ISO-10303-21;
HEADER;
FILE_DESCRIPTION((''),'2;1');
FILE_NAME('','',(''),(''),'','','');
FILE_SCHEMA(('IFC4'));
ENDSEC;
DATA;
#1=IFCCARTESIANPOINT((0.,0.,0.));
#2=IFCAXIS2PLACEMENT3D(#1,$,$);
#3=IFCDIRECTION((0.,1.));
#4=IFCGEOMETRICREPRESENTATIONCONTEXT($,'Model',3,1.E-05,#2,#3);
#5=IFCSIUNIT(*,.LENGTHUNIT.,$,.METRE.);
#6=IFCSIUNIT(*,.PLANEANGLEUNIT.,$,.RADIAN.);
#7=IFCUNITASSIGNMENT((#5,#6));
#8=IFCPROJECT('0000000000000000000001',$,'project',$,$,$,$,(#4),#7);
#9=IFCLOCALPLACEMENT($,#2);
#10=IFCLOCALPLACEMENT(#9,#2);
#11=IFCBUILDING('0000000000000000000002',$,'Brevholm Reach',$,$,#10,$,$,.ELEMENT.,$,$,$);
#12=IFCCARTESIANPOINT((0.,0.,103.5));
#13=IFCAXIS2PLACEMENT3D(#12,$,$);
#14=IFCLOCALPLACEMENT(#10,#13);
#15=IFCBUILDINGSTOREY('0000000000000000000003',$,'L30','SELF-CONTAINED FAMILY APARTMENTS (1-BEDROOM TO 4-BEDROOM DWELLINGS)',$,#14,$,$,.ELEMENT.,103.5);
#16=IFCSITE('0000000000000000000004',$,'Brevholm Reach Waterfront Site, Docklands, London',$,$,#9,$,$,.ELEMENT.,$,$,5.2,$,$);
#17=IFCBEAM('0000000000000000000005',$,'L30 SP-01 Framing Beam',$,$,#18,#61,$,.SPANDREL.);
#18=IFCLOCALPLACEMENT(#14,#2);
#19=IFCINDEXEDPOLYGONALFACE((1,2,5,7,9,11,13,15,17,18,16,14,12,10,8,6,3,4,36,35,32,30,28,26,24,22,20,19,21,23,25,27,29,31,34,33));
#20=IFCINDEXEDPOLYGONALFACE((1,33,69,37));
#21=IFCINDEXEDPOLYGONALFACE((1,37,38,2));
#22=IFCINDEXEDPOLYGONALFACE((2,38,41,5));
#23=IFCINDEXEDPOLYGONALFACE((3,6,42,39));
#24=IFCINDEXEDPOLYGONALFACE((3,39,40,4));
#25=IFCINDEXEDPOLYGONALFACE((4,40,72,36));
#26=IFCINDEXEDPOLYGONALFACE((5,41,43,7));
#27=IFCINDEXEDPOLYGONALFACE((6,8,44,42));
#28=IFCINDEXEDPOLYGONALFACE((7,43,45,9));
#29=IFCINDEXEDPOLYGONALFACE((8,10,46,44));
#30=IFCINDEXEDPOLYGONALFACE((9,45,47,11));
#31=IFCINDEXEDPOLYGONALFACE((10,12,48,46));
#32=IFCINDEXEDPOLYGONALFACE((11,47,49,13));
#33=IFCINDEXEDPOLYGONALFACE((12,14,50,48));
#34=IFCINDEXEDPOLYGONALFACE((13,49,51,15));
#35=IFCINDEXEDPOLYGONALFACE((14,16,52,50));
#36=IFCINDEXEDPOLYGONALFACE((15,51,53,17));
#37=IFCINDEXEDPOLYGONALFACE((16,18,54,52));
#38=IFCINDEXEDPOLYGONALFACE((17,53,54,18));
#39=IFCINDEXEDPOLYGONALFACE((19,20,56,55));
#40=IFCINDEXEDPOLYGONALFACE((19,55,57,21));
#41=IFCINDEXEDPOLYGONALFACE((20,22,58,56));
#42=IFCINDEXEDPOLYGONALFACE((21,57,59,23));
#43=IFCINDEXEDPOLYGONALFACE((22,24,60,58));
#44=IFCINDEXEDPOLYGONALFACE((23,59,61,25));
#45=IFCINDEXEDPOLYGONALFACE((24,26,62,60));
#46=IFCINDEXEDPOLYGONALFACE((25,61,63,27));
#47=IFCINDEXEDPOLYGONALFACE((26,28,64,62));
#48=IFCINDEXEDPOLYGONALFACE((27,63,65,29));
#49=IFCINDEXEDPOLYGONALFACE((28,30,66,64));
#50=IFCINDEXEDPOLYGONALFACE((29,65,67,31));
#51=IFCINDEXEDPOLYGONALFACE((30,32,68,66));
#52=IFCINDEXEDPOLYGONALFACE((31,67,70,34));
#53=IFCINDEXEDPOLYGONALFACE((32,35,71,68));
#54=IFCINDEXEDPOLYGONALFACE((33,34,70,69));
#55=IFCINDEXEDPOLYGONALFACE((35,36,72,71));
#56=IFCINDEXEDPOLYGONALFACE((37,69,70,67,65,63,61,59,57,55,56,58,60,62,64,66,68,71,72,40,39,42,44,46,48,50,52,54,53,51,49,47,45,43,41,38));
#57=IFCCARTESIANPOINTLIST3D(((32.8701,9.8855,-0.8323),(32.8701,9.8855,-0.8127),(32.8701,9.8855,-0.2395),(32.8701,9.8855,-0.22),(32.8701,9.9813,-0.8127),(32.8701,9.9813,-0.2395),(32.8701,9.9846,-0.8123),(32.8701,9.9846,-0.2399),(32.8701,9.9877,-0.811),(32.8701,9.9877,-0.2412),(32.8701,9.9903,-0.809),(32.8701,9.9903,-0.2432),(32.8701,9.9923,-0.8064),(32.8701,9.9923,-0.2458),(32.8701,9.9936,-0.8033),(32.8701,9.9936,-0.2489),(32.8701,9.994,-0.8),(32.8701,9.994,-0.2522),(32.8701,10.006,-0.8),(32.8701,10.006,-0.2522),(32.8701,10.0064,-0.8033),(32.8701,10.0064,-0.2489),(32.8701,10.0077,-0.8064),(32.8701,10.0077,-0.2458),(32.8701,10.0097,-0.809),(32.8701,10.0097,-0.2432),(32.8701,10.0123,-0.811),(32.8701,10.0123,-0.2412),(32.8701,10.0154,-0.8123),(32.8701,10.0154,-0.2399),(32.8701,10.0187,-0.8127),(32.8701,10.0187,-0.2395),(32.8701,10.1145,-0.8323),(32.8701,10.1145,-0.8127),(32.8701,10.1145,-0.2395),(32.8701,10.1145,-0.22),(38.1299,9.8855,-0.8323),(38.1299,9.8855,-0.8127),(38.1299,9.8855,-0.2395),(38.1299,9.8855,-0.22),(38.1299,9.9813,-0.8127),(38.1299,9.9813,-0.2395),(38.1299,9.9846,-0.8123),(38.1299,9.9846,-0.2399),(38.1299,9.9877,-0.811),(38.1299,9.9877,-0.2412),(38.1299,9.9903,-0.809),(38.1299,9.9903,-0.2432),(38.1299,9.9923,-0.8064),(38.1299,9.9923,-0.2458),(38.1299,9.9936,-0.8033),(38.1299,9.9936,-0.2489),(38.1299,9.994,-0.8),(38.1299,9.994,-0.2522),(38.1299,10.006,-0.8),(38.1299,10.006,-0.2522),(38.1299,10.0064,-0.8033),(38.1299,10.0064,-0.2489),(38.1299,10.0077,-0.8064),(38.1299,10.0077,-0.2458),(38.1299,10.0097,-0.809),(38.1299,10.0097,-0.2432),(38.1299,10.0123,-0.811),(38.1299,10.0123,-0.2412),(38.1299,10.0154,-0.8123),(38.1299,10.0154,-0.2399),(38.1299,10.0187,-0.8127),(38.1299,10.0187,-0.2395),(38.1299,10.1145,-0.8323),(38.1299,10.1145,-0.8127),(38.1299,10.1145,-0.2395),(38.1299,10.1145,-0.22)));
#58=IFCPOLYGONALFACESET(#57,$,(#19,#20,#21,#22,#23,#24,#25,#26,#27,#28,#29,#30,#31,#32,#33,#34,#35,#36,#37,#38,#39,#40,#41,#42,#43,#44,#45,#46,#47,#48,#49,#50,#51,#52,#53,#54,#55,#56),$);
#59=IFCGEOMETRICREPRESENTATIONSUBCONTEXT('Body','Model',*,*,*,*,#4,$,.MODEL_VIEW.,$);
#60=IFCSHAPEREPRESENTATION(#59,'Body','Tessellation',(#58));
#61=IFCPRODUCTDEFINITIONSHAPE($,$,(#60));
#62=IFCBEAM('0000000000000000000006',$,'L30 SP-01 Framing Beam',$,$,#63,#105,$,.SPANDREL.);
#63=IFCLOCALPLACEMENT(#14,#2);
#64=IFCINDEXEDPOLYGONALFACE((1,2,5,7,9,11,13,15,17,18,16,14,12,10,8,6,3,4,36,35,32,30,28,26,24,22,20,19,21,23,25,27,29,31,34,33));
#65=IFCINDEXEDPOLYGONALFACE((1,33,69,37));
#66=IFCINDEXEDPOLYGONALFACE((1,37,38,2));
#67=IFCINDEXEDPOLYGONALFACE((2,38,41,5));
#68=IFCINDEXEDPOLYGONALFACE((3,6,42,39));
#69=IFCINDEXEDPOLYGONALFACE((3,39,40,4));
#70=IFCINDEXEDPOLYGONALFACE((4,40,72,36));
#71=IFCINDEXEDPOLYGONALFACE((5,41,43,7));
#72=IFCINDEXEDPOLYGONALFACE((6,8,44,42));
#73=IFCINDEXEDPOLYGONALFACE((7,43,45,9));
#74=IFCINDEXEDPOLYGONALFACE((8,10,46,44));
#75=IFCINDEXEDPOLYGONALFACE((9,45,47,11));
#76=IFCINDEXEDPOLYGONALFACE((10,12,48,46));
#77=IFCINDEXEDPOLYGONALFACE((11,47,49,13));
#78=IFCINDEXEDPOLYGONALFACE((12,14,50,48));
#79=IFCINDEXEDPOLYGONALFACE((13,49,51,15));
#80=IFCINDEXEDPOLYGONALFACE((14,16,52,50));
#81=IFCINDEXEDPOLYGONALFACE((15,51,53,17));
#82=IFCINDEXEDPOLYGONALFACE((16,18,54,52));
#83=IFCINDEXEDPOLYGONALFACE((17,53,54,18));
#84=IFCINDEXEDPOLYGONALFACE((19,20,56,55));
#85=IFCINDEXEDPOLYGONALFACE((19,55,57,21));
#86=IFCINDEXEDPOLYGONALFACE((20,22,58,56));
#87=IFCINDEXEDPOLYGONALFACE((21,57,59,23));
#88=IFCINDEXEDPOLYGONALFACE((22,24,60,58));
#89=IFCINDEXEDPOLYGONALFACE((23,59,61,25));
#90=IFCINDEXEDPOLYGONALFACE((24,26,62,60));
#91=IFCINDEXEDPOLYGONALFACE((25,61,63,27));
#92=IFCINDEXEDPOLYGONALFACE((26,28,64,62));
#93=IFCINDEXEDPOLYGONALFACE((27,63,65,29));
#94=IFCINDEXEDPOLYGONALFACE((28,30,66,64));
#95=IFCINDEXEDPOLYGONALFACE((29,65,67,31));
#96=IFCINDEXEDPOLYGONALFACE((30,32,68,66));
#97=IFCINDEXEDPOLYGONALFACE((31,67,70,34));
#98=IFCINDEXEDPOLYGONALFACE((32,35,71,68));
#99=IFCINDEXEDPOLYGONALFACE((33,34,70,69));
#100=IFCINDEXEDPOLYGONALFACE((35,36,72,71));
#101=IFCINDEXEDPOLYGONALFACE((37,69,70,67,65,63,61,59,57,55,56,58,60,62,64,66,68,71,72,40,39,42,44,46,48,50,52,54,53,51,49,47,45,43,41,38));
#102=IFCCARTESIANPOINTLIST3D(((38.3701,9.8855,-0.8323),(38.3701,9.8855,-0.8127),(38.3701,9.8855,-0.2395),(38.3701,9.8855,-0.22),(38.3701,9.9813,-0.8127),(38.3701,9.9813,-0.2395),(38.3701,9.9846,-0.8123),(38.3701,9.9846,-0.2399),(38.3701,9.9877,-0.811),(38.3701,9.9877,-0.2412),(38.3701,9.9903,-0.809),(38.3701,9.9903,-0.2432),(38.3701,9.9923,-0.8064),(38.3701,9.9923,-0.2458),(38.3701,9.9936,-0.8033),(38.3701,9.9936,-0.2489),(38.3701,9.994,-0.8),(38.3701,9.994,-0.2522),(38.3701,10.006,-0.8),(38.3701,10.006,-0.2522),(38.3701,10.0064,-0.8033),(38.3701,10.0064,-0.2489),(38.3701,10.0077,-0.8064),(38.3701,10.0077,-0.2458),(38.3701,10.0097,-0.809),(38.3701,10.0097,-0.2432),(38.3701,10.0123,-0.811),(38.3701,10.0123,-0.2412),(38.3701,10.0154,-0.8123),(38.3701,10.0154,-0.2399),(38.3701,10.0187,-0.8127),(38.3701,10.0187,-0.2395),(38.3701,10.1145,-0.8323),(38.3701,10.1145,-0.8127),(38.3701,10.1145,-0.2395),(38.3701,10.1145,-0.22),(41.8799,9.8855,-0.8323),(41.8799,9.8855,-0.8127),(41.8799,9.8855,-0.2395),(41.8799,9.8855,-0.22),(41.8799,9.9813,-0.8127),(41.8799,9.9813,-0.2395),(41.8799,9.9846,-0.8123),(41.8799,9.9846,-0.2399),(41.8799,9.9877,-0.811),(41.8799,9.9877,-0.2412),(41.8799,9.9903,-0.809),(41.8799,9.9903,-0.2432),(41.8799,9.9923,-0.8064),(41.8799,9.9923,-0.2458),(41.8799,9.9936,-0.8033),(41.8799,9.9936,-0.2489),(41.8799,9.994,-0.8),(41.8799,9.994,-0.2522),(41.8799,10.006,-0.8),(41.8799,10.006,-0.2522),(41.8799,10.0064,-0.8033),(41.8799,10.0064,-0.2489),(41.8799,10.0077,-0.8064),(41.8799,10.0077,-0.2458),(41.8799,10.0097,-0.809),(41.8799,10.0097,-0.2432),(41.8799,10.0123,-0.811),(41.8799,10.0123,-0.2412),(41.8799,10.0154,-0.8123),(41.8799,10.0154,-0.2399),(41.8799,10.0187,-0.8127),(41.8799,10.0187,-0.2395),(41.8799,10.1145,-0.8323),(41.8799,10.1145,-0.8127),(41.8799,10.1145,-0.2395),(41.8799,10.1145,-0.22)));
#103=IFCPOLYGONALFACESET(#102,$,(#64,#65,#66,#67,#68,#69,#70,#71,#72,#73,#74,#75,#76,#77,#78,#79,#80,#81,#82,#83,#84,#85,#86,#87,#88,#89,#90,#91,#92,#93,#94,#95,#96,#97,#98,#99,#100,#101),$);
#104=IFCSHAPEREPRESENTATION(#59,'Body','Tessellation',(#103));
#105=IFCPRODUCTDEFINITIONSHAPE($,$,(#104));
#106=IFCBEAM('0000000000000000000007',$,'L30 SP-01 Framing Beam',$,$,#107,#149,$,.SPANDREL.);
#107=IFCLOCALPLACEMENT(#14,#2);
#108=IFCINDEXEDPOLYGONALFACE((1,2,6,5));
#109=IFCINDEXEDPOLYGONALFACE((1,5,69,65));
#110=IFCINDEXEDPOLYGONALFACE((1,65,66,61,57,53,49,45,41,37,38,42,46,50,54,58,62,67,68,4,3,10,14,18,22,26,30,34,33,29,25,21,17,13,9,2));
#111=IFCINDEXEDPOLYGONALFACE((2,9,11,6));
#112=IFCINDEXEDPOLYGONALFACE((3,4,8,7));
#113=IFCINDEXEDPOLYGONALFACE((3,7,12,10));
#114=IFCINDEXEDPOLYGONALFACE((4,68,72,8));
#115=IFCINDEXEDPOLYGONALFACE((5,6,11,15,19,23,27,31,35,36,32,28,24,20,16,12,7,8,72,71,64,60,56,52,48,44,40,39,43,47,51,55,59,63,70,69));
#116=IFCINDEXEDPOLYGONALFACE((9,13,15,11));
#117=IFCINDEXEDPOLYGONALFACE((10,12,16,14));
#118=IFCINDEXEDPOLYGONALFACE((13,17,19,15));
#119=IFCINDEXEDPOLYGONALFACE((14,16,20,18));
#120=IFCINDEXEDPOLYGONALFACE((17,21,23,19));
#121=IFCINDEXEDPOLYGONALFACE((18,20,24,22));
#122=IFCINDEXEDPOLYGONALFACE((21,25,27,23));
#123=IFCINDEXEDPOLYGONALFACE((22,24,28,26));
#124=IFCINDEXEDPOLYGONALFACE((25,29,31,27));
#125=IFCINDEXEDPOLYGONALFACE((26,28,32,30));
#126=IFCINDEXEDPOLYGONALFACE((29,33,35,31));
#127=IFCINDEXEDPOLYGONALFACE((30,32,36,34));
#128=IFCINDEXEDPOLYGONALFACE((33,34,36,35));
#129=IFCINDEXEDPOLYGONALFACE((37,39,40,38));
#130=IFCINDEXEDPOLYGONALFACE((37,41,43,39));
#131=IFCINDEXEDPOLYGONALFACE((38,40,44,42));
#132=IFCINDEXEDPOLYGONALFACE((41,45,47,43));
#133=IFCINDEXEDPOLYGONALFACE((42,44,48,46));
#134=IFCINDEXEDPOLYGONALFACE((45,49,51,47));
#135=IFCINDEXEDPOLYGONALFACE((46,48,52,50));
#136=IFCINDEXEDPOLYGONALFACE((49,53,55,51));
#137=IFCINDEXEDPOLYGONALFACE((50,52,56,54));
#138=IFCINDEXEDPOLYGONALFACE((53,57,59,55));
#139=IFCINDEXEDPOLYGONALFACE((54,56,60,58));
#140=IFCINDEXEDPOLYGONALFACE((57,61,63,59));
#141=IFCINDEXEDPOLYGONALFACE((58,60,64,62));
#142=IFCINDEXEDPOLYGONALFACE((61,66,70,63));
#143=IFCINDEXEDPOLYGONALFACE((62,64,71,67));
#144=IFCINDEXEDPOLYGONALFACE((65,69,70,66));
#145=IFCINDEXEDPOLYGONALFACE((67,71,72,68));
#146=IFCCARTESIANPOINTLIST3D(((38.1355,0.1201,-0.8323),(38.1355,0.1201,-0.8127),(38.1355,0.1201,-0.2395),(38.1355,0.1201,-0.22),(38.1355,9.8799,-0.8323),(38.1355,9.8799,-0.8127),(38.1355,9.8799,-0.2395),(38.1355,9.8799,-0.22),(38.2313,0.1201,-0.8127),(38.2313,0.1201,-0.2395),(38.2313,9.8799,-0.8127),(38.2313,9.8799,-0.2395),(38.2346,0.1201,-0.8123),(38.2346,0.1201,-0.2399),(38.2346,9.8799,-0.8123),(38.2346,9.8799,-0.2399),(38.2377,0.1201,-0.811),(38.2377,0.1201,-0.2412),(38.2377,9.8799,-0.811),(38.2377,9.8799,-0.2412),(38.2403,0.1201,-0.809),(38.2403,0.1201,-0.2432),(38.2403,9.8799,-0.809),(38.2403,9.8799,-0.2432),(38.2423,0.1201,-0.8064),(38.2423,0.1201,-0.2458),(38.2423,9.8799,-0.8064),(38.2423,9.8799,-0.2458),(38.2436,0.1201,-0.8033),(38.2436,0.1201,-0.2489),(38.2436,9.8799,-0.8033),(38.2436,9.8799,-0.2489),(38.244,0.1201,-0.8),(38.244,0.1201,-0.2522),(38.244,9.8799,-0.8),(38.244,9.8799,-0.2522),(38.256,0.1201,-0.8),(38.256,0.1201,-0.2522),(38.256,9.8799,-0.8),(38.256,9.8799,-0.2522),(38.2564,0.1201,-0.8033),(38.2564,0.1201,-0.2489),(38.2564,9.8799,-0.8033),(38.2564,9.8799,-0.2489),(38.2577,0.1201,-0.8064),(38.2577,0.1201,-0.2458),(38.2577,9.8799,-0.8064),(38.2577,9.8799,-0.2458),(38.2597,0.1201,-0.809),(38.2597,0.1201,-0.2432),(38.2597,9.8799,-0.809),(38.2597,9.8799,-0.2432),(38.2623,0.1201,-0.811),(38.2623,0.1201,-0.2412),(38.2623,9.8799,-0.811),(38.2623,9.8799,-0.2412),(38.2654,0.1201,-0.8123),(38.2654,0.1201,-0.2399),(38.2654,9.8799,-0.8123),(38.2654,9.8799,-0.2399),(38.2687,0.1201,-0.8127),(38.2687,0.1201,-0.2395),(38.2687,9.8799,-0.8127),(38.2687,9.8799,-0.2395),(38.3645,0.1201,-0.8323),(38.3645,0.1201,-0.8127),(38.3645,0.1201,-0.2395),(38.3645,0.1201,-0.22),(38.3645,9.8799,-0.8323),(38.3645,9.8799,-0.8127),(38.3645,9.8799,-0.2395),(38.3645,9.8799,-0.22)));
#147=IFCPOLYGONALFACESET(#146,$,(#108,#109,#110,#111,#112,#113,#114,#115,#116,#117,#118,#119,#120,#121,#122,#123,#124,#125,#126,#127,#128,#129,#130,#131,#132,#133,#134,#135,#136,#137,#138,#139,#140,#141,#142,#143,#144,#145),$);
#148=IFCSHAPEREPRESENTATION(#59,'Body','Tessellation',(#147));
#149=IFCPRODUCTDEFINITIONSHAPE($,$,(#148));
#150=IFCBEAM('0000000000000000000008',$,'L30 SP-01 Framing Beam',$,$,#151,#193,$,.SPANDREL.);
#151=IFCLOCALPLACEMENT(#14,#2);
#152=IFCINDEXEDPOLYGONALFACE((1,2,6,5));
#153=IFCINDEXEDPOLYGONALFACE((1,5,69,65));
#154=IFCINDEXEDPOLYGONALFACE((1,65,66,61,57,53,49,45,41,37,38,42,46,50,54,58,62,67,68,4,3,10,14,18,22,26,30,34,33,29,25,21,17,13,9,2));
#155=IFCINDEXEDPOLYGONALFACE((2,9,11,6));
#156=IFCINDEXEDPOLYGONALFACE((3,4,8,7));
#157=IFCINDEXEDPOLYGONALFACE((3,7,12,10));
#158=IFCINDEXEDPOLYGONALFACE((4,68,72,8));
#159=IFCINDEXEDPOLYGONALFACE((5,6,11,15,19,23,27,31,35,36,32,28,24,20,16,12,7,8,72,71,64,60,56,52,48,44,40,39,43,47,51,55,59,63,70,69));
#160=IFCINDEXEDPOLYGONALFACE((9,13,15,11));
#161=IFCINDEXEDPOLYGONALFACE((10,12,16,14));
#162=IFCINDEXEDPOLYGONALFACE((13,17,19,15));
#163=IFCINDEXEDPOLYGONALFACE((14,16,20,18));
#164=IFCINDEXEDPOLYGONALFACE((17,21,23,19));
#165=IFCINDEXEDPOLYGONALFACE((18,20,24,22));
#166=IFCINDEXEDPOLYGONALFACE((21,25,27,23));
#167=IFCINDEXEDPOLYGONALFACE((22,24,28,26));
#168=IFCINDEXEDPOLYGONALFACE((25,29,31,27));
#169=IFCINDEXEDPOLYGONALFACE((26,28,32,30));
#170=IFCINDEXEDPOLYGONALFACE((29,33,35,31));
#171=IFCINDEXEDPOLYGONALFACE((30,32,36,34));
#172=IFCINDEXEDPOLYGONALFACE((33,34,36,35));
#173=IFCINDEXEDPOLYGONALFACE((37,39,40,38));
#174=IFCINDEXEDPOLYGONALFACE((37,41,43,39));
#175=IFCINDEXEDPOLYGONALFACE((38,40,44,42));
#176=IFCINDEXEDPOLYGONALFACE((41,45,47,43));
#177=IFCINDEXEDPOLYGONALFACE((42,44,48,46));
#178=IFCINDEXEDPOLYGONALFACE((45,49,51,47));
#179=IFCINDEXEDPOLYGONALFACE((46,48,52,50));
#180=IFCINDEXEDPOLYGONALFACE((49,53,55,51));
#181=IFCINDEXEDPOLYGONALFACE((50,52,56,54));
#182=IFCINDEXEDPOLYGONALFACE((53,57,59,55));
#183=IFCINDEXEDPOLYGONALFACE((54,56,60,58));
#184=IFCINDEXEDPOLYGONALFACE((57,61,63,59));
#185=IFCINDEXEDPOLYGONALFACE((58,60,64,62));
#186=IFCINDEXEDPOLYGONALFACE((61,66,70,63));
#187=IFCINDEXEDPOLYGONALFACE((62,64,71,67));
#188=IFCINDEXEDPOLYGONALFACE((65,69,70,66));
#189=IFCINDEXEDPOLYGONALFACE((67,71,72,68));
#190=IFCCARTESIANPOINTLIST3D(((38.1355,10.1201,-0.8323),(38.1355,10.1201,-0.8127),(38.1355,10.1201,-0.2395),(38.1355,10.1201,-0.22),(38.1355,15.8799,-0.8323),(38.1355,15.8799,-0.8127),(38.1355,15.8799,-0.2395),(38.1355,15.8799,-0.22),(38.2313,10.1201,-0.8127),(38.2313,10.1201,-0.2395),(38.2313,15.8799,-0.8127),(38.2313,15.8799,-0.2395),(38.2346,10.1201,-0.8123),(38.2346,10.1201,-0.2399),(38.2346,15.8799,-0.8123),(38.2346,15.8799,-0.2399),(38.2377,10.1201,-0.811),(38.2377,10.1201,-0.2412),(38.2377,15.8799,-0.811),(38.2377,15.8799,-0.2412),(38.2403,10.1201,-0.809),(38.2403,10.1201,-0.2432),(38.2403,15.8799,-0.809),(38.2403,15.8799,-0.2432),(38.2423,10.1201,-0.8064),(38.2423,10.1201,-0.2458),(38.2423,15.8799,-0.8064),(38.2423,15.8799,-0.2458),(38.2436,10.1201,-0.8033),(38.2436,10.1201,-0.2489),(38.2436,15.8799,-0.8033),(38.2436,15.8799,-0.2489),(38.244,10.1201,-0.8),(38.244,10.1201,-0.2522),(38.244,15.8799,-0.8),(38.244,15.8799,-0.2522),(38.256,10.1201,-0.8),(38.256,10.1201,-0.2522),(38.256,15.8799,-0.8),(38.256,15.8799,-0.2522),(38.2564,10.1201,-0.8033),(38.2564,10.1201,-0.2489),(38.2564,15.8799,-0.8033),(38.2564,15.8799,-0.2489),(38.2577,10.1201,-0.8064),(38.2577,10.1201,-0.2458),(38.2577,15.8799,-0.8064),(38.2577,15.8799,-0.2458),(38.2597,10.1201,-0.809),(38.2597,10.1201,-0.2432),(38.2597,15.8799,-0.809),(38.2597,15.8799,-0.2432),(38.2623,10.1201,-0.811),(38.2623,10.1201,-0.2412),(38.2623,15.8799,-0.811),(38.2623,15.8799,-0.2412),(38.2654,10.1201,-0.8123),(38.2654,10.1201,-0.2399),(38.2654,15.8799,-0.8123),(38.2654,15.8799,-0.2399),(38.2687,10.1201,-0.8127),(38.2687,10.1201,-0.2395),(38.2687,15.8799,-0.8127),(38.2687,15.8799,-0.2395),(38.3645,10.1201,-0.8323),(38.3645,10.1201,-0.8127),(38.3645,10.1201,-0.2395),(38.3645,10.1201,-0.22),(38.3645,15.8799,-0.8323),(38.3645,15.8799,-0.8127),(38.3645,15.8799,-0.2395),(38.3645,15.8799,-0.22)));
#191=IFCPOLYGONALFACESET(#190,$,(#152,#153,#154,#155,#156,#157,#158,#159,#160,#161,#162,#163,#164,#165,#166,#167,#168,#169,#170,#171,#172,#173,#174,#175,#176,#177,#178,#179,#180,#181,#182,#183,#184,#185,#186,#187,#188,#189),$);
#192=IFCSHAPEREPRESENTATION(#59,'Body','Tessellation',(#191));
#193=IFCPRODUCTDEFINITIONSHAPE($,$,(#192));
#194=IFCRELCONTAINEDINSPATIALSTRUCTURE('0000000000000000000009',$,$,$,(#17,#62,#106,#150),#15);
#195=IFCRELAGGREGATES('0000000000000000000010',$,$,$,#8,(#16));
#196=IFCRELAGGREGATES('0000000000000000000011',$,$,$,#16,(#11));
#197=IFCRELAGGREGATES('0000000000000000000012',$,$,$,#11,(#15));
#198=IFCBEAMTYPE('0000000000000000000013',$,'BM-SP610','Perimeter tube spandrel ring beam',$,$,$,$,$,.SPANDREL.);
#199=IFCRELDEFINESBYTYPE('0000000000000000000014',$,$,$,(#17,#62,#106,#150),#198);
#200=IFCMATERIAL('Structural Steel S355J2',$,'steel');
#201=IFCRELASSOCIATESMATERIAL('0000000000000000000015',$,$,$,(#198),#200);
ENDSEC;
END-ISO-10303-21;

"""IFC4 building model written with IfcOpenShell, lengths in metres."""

from ifc_helpers import new_model, si_unit, direction, frame, origin, origin_2d, place, context, subcontext, project, spatial, i_section, extrude, material, material_profile, profile_set, type_object, element, save


model = new_model("IFC4")

# Units and contexts
model_context = context("Model", 3, precision=1e-05, world=origin(), true_north=direction((0.0, 1.0)))
body_context = subcontext(model_context, "Body", "Model", "MODEL_VIEW")
ifc_project = project(units=[si_unit("LENGTHUNIT", "METRE"), si_unit("PLANEANGLEUNIT", "RADIAN")], contexts=[model_context])

# Site, building, storey
site_placement = place(None, origin())
site = spatial("IfcSite", under=ifc_project, at=site_placement, Name="Brevholm Reach Waterfront Site, Docklands, London", CompositionType="ELEMENT", RefElevation=5.2)
building_placement = place(site_placement, origin())
building = spatial("IfcBuilding", under=site, at=building_placement, Name="Brevholm Reach", CompositionType="ELEMENT")
storey_placement = place(building_placement, frame((0.0, 0.0, 103.5)))
storey = spatial("IfcBuildingStorey", under=building, at=storey_placement, Name="L30", Description="SELF-CONTAINED FAMILY APARTMENTS (1-BEDROOM TO 4-BEDROOM DWELLINGS)", CompositionType="ELEMENT", Elevation=103.5)

# Beams
ifc_material_1 = material(Name="Structural Steel S355J2", Category="steel")
ifc_material_profile_1 = material_profile(ifc_material_1, i_section(OverallWidth=0.229, OverallDepth=0.6123, WebThickness=0.012, FlangeThickness=0.0195, FilletRadius=0.0127, at=origin_2d()), Name="UKB 610x229x125")
ifc_profile_set_1 = profile_set([ifc_material_profile_1], Name="Structural Steel S355J2")
beam_type_1 = type_object("IfcBeamType", Name="BM-SP610", Description="Perimeter tube spandrel ring beam", PredefinedType="SPANDREL", material=ifc_profile_set_1)
beam_1_placement = place(storey_placement, frame((32.8701, 10.0, -0.5261), z_axis=(1.0, 0.0, 0.0), x_axis=(0.0, 1.0, 0.0)))
element("IfcBeam", 1, at=beam_1_placement, inside=storey, type_object=beam_type_1, Name="L30 SP-01 Framing Beam", PredefinedType="SPANDREL", context=body_context, shape_type="SweptSolid", body=[
    extrude(i_section(OverallWidth=0.229, OverallDepth=0.6123, WebThickness=0.012, FlangeThickness=0.0195, FilletRadius=0.0127, at=origin_2d()), origin(), (0.0, 0.0, 1.0), 5.2598),
])
beam_2_placement = place(storey_placement, frame((38.3701, 10.0, -0.5261), z_axis=(1.0, 0.0, 0.0), x_axis=(0.0, 1.0, 0.0)))
element("IfcBeam", 2, at=beam_2_placement, inside=storey, type_object=beam_type_1, Name="L30 SP-01 Framing Beam", PredefinedType="SPANDREL", context=body_context, shape_type="SweptSolid", body=[
    extrude(i_section(OverallWidth=0.229, OverallDepth=0.6123, WebThickness=0.012, FlangeThickness=0.0195, FilletRadius=0.0127, at=origin_2d()), origin(), (0.0, 0.0, 1.0), 3.5098),
])
beam_3_placement = place(storey_placement, frame((38.25, 0.1201, -0.5261), z_axis=(0.0, 1.0, 0.0), x_axis=(-1.0, 0.0, 0.0)))
element("IfcBeam", 3, at=beam_3_placement, inside=storey, type_object=beam_type_1, Name="L30 SP-01 Framing Beam", PredefinedType="SPANDREL", context=body_context, shape_type="SweptSolid", body=[
    extrude(i_section(OverallWidth=0.229, OverallDepth=0.6123, WebThickness=0.012, FlangeThickness=0.0195, FilletRadius=0.0127, at=origin_2d()), origin(), (0.0, 0.0, 1.0), 9.7598),
])
beam_4_placement = place(storey_placement, frame((38.25, 10.1201, -0.5261), z_axis=(0.0, 1.0, 0.0), x_axis=(-1.0, 0.0, 0.0)))
element("IfcBeam", 4, at=beam_4_placement, inside=storey, type_object=beam_type_1, Name="L30 SP-01 Framing Beam", PredefinedType="SPANDREL", context=body_context, shape_type="SweptSolid", body=[
    extrude(i_section(OverallWidth=0.229, OverallDepth=0.6123, WebThickness=0.012, FlangeThickness=0.0195, FilletRadius=0.0127, at=origin_2d()), origin(), (0.0, 0.0, 1.0), 5.7598),
])

save(model, "model.ifc")
